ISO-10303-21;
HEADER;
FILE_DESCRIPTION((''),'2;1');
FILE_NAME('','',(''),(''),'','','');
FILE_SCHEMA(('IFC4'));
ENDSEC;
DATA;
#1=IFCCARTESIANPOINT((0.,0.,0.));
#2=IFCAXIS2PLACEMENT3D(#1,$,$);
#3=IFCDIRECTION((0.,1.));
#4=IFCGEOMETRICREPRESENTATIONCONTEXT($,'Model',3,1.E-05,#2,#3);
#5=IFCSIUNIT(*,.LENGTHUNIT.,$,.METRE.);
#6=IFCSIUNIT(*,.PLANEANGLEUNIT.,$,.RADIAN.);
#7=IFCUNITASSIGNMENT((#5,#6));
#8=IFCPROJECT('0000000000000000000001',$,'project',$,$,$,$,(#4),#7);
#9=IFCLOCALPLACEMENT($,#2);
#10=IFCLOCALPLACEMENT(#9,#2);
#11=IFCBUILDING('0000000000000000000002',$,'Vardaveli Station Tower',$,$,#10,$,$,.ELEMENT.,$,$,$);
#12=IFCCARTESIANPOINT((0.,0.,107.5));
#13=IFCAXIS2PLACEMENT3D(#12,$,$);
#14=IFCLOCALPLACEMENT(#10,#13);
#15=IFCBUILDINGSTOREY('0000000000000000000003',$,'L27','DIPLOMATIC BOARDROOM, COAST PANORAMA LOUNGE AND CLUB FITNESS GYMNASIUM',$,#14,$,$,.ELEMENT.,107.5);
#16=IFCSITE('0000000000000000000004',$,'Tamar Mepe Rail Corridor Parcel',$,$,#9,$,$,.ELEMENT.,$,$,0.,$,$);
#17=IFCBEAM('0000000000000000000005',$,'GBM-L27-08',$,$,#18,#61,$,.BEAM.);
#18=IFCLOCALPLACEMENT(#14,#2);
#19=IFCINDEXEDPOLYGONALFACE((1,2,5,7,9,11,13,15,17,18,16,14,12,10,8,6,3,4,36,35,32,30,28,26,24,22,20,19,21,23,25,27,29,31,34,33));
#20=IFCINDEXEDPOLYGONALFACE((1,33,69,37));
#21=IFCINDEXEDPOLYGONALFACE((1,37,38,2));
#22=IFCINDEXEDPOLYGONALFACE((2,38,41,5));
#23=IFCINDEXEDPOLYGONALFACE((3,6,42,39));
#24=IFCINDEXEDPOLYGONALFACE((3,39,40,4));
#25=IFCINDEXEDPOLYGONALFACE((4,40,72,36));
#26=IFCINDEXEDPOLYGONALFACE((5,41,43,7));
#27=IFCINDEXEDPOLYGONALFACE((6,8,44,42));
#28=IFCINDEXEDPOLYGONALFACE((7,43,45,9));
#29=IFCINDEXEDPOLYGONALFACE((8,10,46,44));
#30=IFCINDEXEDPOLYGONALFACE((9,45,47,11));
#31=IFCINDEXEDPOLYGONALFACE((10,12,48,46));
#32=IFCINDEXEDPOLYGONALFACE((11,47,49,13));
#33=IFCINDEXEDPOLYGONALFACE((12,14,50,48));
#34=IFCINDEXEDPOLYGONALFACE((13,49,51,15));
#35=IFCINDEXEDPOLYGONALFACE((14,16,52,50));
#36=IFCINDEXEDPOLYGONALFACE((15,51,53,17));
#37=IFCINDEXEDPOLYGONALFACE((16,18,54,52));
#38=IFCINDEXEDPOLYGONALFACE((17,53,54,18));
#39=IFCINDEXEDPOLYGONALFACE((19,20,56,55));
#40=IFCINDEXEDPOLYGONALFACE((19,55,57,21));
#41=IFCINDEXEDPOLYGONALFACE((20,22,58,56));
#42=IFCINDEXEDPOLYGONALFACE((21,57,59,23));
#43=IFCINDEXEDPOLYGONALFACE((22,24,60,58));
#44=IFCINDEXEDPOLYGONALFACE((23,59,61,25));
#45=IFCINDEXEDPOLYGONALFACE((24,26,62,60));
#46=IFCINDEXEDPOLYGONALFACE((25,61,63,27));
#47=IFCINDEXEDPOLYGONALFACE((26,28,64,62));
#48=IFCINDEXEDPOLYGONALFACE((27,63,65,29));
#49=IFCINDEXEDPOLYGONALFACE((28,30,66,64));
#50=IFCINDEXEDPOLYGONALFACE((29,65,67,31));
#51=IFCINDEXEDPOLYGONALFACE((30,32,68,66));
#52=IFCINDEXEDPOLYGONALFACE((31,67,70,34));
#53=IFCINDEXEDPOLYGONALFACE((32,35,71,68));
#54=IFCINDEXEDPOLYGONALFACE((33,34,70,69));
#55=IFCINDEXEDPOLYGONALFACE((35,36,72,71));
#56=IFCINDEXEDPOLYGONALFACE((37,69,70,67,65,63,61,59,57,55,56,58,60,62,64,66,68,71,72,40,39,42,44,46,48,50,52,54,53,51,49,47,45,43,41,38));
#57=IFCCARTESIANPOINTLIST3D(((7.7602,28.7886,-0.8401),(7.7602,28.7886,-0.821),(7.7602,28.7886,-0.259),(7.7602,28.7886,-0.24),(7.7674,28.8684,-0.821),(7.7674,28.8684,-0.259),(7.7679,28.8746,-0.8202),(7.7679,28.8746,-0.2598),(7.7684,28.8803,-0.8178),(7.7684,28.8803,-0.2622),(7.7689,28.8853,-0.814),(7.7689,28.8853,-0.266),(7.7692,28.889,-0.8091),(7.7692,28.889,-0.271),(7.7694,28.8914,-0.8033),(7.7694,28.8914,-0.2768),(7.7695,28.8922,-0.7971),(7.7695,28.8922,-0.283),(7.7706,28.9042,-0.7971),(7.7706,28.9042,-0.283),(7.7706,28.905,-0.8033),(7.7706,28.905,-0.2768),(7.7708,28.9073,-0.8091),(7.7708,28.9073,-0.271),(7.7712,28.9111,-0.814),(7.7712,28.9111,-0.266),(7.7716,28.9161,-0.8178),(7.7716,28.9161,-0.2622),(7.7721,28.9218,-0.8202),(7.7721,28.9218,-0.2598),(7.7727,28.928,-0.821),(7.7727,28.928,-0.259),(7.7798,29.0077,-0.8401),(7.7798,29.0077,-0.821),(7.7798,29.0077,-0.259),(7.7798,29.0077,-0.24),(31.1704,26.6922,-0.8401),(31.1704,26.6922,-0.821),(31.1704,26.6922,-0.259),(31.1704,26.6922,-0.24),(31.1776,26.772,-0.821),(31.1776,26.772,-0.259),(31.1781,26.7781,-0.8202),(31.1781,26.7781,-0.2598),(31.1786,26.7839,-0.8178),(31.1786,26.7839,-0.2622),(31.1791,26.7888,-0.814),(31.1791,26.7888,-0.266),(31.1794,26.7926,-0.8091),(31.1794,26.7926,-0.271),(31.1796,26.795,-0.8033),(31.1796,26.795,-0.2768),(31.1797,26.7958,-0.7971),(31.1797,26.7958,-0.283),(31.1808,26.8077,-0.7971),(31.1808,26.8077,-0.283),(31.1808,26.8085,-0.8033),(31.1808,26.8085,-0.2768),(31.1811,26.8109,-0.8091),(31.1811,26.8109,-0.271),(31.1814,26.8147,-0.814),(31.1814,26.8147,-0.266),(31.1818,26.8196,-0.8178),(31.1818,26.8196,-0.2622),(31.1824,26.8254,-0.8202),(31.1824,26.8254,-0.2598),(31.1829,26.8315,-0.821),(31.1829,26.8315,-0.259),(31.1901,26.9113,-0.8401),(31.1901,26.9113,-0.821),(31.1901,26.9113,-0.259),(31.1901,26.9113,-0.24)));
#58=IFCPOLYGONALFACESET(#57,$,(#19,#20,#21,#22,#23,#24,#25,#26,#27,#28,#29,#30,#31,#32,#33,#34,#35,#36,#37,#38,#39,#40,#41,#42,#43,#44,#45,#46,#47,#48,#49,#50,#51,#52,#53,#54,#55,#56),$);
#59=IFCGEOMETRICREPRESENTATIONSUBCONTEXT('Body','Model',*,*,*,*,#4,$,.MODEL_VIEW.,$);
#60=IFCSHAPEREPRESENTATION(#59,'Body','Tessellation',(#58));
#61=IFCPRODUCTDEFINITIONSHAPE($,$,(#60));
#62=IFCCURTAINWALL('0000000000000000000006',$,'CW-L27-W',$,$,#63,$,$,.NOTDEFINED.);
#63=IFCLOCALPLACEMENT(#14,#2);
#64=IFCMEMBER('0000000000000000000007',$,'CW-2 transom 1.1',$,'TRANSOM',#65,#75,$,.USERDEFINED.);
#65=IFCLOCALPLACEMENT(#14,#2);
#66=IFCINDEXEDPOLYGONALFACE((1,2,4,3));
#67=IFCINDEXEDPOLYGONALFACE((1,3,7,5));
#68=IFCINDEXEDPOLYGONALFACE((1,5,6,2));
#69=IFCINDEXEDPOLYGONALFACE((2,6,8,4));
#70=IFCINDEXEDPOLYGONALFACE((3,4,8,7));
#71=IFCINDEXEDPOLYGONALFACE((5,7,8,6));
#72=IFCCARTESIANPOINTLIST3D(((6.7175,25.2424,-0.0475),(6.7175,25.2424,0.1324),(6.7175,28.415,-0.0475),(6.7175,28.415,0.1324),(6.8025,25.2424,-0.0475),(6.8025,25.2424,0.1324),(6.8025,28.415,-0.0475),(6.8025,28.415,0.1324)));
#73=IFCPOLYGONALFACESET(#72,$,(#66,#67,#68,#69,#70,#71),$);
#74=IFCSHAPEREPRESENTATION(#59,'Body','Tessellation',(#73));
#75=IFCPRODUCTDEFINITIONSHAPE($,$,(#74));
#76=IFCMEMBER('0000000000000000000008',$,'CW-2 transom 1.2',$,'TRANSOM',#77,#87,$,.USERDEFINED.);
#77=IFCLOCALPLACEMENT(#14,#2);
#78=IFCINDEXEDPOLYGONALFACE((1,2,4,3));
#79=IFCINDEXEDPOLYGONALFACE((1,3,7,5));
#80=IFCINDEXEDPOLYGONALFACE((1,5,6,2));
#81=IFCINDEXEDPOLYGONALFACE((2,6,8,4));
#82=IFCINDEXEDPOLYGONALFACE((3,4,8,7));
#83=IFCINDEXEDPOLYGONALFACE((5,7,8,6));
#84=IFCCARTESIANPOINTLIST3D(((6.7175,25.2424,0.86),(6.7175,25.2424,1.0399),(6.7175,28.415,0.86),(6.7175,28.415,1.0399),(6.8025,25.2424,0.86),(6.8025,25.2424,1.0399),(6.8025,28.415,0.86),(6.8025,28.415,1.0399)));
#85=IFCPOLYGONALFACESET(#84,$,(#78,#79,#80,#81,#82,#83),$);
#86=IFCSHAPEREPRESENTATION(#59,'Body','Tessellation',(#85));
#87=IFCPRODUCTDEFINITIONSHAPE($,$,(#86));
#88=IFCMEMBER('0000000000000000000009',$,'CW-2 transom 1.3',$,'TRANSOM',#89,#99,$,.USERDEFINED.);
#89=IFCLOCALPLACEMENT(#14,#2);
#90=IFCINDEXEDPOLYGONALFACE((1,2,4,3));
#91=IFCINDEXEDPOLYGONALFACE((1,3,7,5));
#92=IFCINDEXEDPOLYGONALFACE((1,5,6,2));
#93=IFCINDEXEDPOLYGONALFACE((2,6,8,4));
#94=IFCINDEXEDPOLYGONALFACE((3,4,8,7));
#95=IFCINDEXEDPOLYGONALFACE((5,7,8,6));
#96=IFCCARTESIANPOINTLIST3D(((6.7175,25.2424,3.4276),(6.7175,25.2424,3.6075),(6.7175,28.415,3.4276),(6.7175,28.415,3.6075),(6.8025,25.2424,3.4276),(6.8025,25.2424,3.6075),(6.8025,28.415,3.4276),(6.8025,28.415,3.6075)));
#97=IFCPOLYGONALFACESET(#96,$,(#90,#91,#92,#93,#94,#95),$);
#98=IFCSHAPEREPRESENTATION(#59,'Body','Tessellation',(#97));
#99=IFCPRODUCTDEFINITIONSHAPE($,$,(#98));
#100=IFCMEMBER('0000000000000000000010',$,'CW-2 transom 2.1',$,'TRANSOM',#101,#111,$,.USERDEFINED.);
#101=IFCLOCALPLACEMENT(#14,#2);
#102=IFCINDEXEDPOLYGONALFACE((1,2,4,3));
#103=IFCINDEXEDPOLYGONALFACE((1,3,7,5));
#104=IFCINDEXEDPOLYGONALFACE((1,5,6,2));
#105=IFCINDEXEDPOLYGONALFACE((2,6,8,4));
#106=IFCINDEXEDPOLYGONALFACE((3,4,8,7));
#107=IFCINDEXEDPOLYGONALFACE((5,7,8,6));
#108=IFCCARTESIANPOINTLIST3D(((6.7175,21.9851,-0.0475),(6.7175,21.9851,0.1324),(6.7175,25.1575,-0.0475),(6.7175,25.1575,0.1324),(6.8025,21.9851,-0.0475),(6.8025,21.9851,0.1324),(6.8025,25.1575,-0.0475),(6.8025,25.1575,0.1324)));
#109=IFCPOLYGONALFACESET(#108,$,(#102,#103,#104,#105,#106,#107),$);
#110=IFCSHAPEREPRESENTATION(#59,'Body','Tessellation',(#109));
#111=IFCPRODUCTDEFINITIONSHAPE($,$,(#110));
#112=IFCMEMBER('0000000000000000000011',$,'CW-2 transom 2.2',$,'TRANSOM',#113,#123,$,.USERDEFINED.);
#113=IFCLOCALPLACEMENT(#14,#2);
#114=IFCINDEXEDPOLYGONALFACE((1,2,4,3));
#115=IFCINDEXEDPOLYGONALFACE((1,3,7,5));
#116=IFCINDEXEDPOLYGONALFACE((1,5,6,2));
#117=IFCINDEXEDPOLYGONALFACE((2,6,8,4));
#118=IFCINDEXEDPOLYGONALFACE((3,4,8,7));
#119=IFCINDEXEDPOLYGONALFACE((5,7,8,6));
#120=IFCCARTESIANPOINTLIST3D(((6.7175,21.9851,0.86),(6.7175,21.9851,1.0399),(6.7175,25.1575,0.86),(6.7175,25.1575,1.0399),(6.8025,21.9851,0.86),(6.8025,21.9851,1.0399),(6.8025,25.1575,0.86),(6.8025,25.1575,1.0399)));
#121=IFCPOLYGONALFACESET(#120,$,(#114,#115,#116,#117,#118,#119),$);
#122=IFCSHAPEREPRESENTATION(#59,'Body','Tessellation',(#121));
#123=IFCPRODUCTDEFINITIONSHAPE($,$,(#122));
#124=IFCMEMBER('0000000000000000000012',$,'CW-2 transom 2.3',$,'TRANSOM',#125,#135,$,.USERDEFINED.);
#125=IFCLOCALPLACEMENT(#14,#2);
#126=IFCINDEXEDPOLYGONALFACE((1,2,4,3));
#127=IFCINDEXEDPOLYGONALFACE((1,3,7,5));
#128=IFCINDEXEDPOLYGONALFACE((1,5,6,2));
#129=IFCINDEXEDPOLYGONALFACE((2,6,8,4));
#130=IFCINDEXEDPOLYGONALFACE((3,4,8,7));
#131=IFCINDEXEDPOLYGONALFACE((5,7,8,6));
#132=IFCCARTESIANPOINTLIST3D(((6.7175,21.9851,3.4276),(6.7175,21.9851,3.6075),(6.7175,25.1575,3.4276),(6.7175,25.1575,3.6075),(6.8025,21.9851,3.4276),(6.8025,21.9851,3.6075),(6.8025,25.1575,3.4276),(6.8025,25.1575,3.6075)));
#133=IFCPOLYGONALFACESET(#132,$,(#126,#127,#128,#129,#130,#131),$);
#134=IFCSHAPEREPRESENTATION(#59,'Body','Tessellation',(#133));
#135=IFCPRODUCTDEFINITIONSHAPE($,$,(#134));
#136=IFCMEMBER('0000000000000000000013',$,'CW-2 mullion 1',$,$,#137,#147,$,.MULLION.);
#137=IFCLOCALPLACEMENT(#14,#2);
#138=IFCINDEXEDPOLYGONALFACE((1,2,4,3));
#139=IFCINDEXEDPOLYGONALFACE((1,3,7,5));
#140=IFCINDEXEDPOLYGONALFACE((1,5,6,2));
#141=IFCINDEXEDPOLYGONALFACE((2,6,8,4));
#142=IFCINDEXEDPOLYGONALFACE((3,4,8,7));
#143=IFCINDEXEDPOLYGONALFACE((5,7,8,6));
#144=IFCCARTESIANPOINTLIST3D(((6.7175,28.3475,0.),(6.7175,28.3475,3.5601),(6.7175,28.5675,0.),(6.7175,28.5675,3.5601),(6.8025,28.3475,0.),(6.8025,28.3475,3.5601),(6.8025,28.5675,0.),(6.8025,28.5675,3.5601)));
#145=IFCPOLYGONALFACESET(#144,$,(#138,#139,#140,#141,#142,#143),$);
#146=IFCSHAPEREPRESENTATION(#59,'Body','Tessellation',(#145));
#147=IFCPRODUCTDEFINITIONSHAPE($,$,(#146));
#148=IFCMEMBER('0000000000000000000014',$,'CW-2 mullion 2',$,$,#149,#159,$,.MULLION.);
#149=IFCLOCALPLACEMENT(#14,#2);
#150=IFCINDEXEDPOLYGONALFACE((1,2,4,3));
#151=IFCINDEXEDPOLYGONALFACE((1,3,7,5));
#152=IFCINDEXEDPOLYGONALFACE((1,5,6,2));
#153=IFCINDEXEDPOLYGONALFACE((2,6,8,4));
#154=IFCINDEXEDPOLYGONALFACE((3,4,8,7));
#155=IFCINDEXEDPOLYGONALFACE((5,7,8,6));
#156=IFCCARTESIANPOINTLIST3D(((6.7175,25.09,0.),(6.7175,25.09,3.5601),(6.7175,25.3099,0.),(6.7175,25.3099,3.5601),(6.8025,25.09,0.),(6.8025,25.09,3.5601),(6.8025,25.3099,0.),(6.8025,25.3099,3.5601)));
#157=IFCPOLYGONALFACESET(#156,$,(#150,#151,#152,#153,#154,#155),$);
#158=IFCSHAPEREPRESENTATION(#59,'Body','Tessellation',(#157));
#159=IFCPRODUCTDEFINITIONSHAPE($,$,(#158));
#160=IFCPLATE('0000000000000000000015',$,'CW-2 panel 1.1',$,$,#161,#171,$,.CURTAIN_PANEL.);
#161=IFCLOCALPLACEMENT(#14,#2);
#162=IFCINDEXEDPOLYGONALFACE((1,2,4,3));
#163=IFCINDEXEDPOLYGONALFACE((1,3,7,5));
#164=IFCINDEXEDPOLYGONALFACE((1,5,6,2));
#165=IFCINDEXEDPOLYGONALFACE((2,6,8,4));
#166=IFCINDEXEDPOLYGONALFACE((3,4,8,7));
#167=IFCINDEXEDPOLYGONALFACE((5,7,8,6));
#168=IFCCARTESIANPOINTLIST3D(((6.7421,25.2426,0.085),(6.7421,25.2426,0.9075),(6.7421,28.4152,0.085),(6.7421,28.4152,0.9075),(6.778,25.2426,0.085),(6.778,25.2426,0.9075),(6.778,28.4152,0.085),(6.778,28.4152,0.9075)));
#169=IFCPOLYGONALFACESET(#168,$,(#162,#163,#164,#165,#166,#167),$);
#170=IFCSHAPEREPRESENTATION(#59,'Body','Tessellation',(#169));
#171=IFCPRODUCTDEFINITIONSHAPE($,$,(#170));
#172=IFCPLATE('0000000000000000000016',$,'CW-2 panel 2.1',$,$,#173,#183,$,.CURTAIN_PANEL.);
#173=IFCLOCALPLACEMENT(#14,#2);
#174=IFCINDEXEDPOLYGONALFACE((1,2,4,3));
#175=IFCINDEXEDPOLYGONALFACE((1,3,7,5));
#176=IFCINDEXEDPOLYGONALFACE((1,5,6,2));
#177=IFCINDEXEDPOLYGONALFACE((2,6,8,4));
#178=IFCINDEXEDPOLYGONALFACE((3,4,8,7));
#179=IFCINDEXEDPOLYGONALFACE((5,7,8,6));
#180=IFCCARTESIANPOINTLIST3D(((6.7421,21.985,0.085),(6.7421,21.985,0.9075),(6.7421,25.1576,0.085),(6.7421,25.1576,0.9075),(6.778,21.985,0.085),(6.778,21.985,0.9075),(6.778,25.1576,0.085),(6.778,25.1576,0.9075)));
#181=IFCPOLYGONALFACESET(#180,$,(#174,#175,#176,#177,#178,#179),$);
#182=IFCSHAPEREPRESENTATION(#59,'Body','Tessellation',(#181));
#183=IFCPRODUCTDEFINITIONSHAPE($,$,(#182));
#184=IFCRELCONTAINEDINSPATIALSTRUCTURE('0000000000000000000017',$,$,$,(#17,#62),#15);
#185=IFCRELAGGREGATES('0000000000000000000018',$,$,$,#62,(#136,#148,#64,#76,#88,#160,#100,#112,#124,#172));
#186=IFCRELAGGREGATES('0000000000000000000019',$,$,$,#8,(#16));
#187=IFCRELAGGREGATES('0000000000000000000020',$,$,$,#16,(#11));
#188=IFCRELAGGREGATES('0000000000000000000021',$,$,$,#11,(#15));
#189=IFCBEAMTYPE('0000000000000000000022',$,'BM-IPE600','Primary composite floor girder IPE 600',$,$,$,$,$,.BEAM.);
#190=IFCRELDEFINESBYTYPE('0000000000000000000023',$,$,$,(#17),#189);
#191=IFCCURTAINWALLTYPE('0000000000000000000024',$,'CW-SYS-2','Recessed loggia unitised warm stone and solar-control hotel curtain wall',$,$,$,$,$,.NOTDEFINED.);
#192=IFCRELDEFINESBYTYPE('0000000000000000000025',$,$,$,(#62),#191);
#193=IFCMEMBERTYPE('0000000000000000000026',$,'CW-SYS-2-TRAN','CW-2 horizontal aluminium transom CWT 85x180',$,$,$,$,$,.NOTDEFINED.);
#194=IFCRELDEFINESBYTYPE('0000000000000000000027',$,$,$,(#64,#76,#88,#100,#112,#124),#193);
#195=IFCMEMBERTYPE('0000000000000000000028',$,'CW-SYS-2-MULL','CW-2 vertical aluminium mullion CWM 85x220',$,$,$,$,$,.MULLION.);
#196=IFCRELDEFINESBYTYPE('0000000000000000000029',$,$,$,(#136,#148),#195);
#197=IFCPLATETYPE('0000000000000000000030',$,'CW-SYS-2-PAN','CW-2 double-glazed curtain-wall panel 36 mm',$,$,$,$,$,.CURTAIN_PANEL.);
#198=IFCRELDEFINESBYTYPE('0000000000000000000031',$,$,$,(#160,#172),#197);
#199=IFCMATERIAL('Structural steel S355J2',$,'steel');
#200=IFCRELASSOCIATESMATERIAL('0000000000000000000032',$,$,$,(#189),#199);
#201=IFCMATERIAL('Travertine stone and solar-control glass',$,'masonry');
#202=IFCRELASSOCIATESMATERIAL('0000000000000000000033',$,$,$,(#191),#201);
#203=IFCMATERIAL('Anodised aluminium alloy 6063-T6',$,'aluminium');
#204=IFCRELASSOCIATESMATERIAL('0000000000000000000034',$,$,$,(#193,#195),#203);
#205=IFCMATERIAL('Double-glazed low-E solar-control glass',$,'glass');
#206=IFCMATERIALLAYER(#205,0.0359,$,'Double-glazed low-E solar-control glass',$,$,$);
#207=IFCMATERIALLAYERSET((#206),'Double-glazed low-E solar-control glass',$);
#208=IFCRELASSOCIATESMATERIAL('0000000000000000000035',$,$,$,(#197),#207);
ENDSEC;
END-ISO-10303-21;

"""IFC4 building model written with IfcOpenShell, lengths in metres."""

from ifc_helpers import new_model, si_unit, direction, frame, origin, origin_2d, place, context, subcontext, project, spatial, rectangle, i_section, extrude, source, transform, mapped, material, layer, layer_set, material_profile, profile_set, type_object, element, aggregate, save


model = new_model("IFC4")

# Units and contexts
model_context = context("Model", 3, precision=1e-05, world=origin(), true_north=direction((0.0, 1.0)))
body_context = subcontext(model_context, "Body", "Model", "MODEL_VIEW")
ifc_project = project(units=[si_unit("LENGTHUNIT", "METRE"), si_unit("PLANEANGLEUNIT", "RADIAN")], contexts=[model_context])

# Site, building, storey
site_placement = place(None, origin())
site = spatial("IfcSite", under=ifc_project, at=site_placement, Name="Tamar Mepe Rail Corridor Parcel", CompositionType="ELEMENT", RefElevation=0.0)
building_placement = place(site_placement, origin())
building = spatial("IfcBuilding", under=site, at=building_placement, Name="Vardaveli Station Tower", CompositionType="ELEMENT")
storey_placement = place(building_placement, frame((0.0, 0.0, 107.5)))
storey = spatial("IfcBuildingStorey", under=building, at=storey_placement, Name="L27", Description="DIPLOMATIC BOARDROOM, COAST PANORAMA LOUNGE AND CLUB FITNESS GYMNASIUM", CompositionType="ELEMENT", Elevation=107.5)

# Beam
ifc_material_1 = material(Name="Structural steel S355J2", Category="steel")
ifc_material_profile_1 = material_profile(ifc_material_1, i_section(OverallWidth=0.22, OverallDepth=0.6001, WebThickness=0.012, FlangeThickness=0.019, FilletRadius=0.0239, at=origin_2d()), Name="IPE 600")
ifc_profile_set_1 = profile_set([ifc_material_profile_1], Name="Structural steel S355J2")
beam_type_1 = type_object("IfcBeamType", Name="BM-IPE600", Description="Primary composite floor girder IPE 600", PredefinedType="BEAM", material=ifc_profile_set_1)
shared_shape_1 = source(origin(), body_context, "Body", "SweptSolid", [
    extrude(i_section(OverallWidth=0.22, OverallDepth=0.6001, WebThickness=0.012, FlangeThickness=0.019, FilletRadius=0.0239, at=origin_2d()), origin(), (0.0, 0.0, 1.0), 23.5039),
])
beam_1_placement = place(storey_placement, frame((7.77, 28.8982, -0.54), z_axis=(0.996014, -0.089195, 0.0), x_axis=(0.089195, 0.996014, 0.0)))
element("IfcBeam", 1, at=beam_1_placement, inside=storey, type_object=beam_type_1, Name="GBM-L27-08", PredefinedType="BEAM", context=body_context, shape_type="MappedRepresentation", body=[
    mapped(shared_shape_1, transform((0.0, 0.0, 0.0), scale=1.0)),
])

# Curtain wall, members, plates
ifc_material_2 = material(Name="Travertine stone and solar-control glass", Category="masonry")
curtain_wall_type = type_object("IfcCurtainWallType", Name="CW-SYS-2", Description="Recessed loggia unitised warm stone and solar-control hotel curtain wall", PredefinedType="NOTDEFINED", material=ifc_material_2)
curtain_wall_placement = place(storey_placement, origin())
curtain_wall = element("IfcCurtainWall", 2, at=curtain_wall_placement, inside=storey, type_object=curtain_wall_type, Name="CW-L27-W", PredefinedType="NOTDEFINED")
ifc_material_3 = material(Name="Anodised aluminium alloy 6063-T6", Category="aluminium")
ifc_material_profile_2 = material_profile(ifc_material_3, rectangle(XDim=0.085, YDim=0.1799, at=origin_2d()), Name="CWT 85x180")
ifc_profile_set_2 = profile_set([ifc_material_profile_2], Name="Anodised aluminium alloy 6063-T6")
member_type_1 = type_object("IfcMemberType", Name="CW-SYS-2-TRAN", Description="CW-2 horizontal aluminium transom CWT 85x180", PredefinedType="NOTDEFINED", material=ifc_profile_set_2)
shared_shape_2 = source(origin(), body_context, "Body", "SweptSolid", [
    extrude(rectangle(XDim=0.085, YDim=0.1799, at=origin_2d()), origin(), (0.0, 0.0, 1.0), 3.1726),
])
member_1_placement = place(storey_placement, frame((6.76, 28.415, 0.0425), z_axis=(0.0, -1.0, 0.0), x_axis=(1.0, 0.0, 0.0)))
member_1 = element("IfcMember", 3, at=member_1_placement, type_object=member_type_1, Name="CW-2 transom 1.1", ObjectType="TRANSOM", PredefinedType="USERDEFINED", context=body_context, shape_type="MappedRepresentation", body=[
    mapped(shared_shape_2, transform((0.0, 0.0, 0.0), scale=1.0)),
])
member_2_placement = place(storey_placement, frame((6.76, 28.415, 0.95), z_axis=(0.0, -1.0, 0.0), x_axis=(1.0, 0.0, 0.0)))
member_2 = element("IfcMember", 4, at=member_2_placement, type_object=member_type_1, Name="CW-2 transom 1.2", ObjectType="TRANSOM", PredefinedType="USERDEFINED", context=body_context, shape_type="MappedRepresentation", body=[
    mapped(shared_shape_2, transform((0.0, 0.0, 0.0), scale=1.0)),
])
member_3_placement = place(storey_placement, frame((6.76, 28.415, 3.5176), z_axis=(0.0, -1.0, 0.0), x_axis=(1.0, 0.0, 0.0)))
member_3 = element("IfcMember", 5, at=member_3_placement, type_object=member_type_1, Name="CW-2 transom 1.3", ObjectType="TRANSOM", PredefinedType="USERDEFINED", context=body_context, shape_type="MappedRepresentation", body=[
    mapped(shared_shape_2, transform((0.0, 0.0, 0.0), scale=1.0)),
])
shared_shape_3 = source(origin(), body_context, "Body", "SweptSolid", [
    extrude(rectangle(XDim=0.085, YDim=0.1799, at=origin_2d()), origin(), (0.0, 0.0, 1.0), 3.1724),
])
member_4_placement = place(storey_placement, frame((6.76, 25.1575, 0.0425), z_axis=(0.0, -1.0, 0.0), x_axis=(1.0, 0.0, 0.0)))
member_4 = element("IfcMember", 6, at=member_4_placement, type_object=member_type_1, Name="CW-2 transom 2.1", ObjectType="TRANSOM", PredefinedType="USERDEFINED", context=body_context, shape_type="MappedRepresentation", body=[
    mapped(shared_shape_3, transform((0.0, 0.0, 0.0), scale=1.0)),
])
member_5_placement = place(storey_placement, frame((6.76, 25.1575, 0.95), z_axis=(0.0, -1.0, 0.0), x_axis=(1.0, 0.0, 0.0)))
member_5 = element("IfcMember", 7, at=member_5_placement, type_object=member_type_1, Name="CW-2 transom 2.2", ObjectType="TRANSOM", PredefinedType="USERDEFINED", context=body_context, shape_type="MappedRepresentation", body=[
    mapped(shared_shape_3, transform((0.0, 0.0, 0.0), scale=1.0)),
])
member_6_placement = place(storey_placement, frame((6.76, 25.1575, 3.5176), z_axis=(0.0, -1.0, 0.0), x_axis=(1.0, 0.0, 0.0)))
member_6 = element("IfcMember", 8, at=member_6_placement, type_object=member_type_1, Name="CW-2 transom 2.3", ObjectType="TRANSOM", PredefinedType="USERDEFINED", context=body_context, shape_type="MappedRepresentation", body=[
    mapped(shared_shape_3, transform((0.0, 0.0, 0.0), scale=1.0)),
])
ifc_material_profile_3 = material_profile(ifc_material_3, rectangle(XDim=0.085, YDim=0.22, at=origin_2d()), Name="CWM 85x220")
ifc_profile_set_3 = profile_set([ifc_material_profile_3], Name="Anodised aluminium alloy 6063-T6")
member_type_2 = type_object("IfcMemberType", Name="CW-SYS-2-MULL", Description="CW-2 vertical aluminium mullion CWM 85x220", PredefinedType="MULLION", material=ifc_profile_set_3)
shared_shape_4 = source(origin(), body_context, "Body", "SweptSolid", [
    extrude(rectangle(XDim=0.085, YDim=0.22, at=origin_2d()), origin(), (0.0, 0.0, 1.0), 3.5601),
])
member_7_placement = place(storey_placement, frame((6.76, 28.4575, 0.0), z_axis=(0.0, 0.0, 1.0), x_axis=(1.0, 0.0, 0.0)))
member_7 = element("IfcMember", 9, at=member_7_placement, type_object=member_type_2, Name="CW-2 mullion 1", PredefinedType="MULLION", context=body_context, shape_type="MappedRepresentation", body=[
    mapped(shared_shape_4, transform((0.0, 0.0, 0.0), scale=1.0)),
])
member_8_placement = place(storey_placement, frame((6.76, 25.2, 0.0), z_axis=(0.0, 0.0, 1.0), x_axis=(1.0, 0.0, 0.0)))
member_8 = element("IfcMember", 10, at=member_8_placement, type_object=member_type_2, Name="CW-2 mullion 2", PredefinedType="MULLION", context=body_context, shape_type="MappedRepresentation", body=[
    mapped(shared_shape_4, transform((0.0, 0.0, 0.0), scale=1.0)),
])
ifc_material_4 = material(Name="Double-glazed low-E solar-control glass", Category="glass")
ifc_layer_1 = layer(ifc_material_4, 0.0359, Name="Double-glazed low-E solar-control glass")
ifc_layer_set_1 = layer_set([ifc_layer_1], Name="Double-glazed low-E solar-control glass")
plate_type = type_object("IfcPlateType", Name="CW-SYS-2-PAN", Description="CW-2 double-glazed curtain-wall panel 36 mm", PredefinedType="CURTAIN_PANEL", material=ifc_layer_set_1)
shared_shape_5 = source(origin(), body_context, "Body", "SweptSolid", [
    extrude(rectangle(XDim=3.1726, YDim=0.0359, at=origin_2d()), origin(), (0.0, 0.0, 1.0), 0.8225),
])
plate_1_placement = place(storey_placement, frame((6.76, 26.8289, 0.085), z_axis=(0.0, 0.0, 1.0), x_axis=(0.0, -1.0, 0.0)))
plate_1 = element("IfcPlate", 11, at=plate_1_placement, type_object=plate_type, Name="CW-2 panel 1.1", PredefinedType="CURTAIN_PANEL", context=body_context, shape_type="MappedRepresentation", body=[
    mapped(shared_shape_5, transform((0.0, 0.0, 0.0), scale=1.0)),
])
plate_2_placement = place(storey_placement, frame((6.76, 23.5713, 0.085), z_axis=(0.0, 0.0, 1.0), x_axis=(0.0, -1.0, 0.0)))
plate_2 = element("IfcPlate", 12, at=plate_2_placement, type_object=plate_type, Name="CW-2 panel 2.1", PredefinedType="CURTAIN_PANEL", context=body_context, shape_type="MappedRepresentation", body=[
    mapped(shared_shape_5, transform((0.0, 0.0, 0.0), scale=1.0)),
])
aggregate(curtain_wall, [member_7, member_8, member_1, member_2, member_3, plate_1, member_4, member_5, member_6, plate_2])

save(model, "model.ifc")
